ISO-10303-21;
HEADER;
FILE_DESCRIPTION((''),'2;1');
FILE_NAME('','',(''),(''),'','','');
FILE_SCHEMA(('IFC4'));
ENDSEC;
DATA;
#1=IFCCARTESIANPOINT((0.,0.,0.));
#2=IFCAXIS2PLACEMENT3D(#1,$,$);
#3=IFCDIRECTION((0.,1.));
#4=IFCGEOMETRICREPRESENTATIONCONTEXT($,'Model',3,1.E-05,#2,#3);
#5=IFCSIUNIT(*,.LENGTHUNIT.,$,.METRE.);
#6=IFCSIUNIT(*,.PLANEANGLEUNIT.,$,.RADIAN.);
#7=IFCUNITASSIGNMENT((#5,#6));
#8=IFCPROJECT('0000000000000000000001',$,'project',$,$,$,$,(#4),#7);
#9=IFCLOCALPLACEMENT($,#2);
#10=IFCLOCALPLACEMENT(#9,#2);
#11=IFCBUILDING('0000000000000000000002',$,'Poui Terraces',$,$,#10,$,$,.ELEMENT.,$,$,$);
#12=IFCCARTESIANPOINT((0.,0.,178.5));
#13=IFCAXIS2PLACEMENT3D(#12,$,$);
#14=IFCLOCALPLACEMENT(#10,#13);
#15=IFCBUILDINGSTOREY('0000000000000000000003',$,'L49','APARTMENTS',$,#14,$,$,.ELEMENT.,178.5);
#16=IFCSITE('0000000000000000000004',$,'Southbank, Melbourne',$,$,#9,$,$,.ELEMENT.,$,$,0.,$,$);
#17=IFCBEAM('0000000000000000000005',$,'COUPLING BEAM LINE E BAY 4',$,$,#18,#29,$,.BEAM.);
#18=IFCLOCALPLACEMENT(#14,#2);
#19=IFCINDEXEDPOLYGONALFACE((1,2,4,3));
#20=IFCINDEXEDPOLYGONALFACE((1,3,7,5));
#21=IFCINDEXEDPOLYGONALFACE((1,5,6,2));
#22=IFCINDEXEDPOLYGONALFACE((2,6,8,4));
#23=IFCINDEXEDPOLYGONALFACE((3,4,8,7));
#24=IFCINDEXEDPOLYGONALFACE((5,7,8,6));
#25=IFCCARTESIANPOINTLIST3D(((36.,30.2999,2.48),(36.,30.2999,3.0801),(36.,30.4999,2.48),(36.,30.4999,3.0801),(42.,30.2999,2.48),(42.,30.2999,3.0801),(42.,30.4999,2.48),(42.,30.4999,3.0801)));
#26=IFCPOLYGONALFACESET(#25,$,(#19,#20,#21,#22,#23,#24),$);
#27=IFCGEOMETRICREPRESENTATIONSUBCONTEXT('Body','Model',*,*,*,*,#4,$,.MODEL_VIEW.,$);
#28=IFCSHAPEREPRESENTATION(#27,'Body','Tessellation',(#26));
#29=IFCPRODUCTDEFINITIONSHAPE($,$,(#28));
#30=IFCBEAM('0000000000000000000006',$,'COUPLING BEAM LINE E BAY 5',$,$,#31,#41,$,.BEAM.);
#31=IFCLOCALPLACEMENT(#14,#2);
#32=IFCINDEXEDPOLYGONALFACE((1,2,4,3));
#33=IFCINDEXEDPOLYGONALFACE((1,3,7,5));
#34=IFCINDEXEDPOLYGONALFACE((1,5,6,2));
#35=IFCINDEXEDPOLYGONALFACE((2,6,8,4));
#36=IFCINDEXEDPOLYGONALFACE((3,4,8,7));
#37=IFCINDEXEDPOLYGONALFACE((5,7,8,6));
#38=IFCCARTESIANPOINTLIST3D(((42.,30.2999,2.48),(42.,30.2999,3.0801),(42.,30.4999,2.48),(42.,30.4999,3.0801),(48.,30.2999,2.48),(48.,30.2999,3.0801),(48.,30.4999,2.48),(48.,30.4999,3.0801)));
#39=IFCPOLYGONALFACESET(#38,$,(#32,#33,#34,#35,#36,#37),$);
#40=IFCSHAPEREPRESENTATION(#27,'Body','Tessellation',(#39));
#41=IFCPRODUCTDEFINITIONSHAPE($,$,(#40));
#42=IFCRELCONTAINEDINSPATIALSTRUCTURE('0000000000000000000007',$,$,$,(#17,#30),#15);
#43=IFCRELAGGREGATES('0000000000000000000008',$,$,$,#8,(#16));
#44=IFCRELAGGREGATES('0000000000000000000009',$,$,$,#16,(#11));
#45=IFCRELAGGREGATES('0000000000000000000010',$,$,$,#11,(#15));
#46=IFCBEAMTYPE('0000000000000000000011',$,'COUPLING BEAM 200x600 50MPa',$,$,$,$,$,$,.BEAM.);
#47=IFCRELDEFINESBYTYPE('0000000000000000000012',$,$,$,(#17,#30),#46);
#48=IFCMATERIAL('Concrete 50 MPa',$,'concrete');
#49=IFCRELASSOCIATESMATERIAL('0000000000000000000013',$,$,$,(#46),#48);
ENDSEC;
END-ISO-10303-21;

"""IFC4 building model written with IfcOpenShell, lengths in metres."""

from ifc_helpers import new_model, si_unit, direction, frame, origin, origin_2d, place, context, subcontext, project, spatial, rectangle, extrude, source, transform, mapped, material, material_profile, profile_set, type_object, element, save


model = new_model("IFC4")

# Units and contexts
model_context = context("Model", 3, precision=1e-05, world=origin(), true_north=direction((0.0, 1.0)))
body_context = subcontext(model_context, "Body", "Model", "MODEL_VIEW")
ifc_project = project(units=[si_unit("LENGTHUNIT", "METRE"), si_unit("PLANEANGLEUNIT", "RADIAN")], contexts=[model_context])

# Site, building, storey
site_placement = place(None, origin())
site = spatial("IfcSite", under=ifc_project, at=site_placement, Name="Southbank, Melbourne", CompositionType="ELEMENT", RefElevation=0.0)
building_placement = place(site_placement, origin())
building = spatial("IfcBuilding", under=site, at=building_placement, Name="Poui Terraces", CompositionType="ELEMENT")
storey_placement = place(building_placement, frame((0.0, 0.0, 178.5)))
storey = spatial("IfcBuildingStorey", under=building, at=storey_placement, Name="L49", Description="APARTMENTS", CompositionType="ELEMENT", Elevation=178.5)

# Beams
ifc_material_1 = material(Name="Concrete 50 MPa", Category="concrete")
ifc_material_profile = material_profile(ifc_material_1, rectangle(XDim=0.2, YDim=0.6001, at=origin_2d()), Name="RC 200x600")
ifc_profile_set = profile_set([ifc_material_profile], Name="Concrete 50 MPa")
beam_type = type_object("IfcBeamType", Name="COUPLING BEAM 200x600 50MPa", PredefinedType="BEAM", material=ifc_profile_set)
shared_shape = source(origin(), body_context, "Body", "SweptSolid", [
    extrude(rectangle(XDim=0.2, YDim=0.6001, at=origin_2d()), origin(), (0.0, 0.0, 1.0), 6.0),
])
for number, where, z_axis, x_axis, name in (
    (1, (36.0, 30.3999, 2.78), (1.0, 0.0, 0.0), (0.0, 1.0, 0.0), "COUPLING BEAM LINE E BAY 4"),
    (2, (42.0, 30.3999, 2.78), (1.0, 0.0, 0.0), (0.0, 1.0, 0.0), "COUPLING BEAM LINE E BAY 5"),
):
    element("IfcBeam", number, at=place(storey_placement, frame(where, z_axis=z_axis, x_axis=x_axis)), inside=storey, type_object=beam_type, Name=name, PredefinedType="BEAM", context=body_context, shape_type="MappedRepresentation", body=[
        mapped(shared_shape, transform((0.0, 0.0, 0.0))),
    ])

save(model, "model.ifc")
